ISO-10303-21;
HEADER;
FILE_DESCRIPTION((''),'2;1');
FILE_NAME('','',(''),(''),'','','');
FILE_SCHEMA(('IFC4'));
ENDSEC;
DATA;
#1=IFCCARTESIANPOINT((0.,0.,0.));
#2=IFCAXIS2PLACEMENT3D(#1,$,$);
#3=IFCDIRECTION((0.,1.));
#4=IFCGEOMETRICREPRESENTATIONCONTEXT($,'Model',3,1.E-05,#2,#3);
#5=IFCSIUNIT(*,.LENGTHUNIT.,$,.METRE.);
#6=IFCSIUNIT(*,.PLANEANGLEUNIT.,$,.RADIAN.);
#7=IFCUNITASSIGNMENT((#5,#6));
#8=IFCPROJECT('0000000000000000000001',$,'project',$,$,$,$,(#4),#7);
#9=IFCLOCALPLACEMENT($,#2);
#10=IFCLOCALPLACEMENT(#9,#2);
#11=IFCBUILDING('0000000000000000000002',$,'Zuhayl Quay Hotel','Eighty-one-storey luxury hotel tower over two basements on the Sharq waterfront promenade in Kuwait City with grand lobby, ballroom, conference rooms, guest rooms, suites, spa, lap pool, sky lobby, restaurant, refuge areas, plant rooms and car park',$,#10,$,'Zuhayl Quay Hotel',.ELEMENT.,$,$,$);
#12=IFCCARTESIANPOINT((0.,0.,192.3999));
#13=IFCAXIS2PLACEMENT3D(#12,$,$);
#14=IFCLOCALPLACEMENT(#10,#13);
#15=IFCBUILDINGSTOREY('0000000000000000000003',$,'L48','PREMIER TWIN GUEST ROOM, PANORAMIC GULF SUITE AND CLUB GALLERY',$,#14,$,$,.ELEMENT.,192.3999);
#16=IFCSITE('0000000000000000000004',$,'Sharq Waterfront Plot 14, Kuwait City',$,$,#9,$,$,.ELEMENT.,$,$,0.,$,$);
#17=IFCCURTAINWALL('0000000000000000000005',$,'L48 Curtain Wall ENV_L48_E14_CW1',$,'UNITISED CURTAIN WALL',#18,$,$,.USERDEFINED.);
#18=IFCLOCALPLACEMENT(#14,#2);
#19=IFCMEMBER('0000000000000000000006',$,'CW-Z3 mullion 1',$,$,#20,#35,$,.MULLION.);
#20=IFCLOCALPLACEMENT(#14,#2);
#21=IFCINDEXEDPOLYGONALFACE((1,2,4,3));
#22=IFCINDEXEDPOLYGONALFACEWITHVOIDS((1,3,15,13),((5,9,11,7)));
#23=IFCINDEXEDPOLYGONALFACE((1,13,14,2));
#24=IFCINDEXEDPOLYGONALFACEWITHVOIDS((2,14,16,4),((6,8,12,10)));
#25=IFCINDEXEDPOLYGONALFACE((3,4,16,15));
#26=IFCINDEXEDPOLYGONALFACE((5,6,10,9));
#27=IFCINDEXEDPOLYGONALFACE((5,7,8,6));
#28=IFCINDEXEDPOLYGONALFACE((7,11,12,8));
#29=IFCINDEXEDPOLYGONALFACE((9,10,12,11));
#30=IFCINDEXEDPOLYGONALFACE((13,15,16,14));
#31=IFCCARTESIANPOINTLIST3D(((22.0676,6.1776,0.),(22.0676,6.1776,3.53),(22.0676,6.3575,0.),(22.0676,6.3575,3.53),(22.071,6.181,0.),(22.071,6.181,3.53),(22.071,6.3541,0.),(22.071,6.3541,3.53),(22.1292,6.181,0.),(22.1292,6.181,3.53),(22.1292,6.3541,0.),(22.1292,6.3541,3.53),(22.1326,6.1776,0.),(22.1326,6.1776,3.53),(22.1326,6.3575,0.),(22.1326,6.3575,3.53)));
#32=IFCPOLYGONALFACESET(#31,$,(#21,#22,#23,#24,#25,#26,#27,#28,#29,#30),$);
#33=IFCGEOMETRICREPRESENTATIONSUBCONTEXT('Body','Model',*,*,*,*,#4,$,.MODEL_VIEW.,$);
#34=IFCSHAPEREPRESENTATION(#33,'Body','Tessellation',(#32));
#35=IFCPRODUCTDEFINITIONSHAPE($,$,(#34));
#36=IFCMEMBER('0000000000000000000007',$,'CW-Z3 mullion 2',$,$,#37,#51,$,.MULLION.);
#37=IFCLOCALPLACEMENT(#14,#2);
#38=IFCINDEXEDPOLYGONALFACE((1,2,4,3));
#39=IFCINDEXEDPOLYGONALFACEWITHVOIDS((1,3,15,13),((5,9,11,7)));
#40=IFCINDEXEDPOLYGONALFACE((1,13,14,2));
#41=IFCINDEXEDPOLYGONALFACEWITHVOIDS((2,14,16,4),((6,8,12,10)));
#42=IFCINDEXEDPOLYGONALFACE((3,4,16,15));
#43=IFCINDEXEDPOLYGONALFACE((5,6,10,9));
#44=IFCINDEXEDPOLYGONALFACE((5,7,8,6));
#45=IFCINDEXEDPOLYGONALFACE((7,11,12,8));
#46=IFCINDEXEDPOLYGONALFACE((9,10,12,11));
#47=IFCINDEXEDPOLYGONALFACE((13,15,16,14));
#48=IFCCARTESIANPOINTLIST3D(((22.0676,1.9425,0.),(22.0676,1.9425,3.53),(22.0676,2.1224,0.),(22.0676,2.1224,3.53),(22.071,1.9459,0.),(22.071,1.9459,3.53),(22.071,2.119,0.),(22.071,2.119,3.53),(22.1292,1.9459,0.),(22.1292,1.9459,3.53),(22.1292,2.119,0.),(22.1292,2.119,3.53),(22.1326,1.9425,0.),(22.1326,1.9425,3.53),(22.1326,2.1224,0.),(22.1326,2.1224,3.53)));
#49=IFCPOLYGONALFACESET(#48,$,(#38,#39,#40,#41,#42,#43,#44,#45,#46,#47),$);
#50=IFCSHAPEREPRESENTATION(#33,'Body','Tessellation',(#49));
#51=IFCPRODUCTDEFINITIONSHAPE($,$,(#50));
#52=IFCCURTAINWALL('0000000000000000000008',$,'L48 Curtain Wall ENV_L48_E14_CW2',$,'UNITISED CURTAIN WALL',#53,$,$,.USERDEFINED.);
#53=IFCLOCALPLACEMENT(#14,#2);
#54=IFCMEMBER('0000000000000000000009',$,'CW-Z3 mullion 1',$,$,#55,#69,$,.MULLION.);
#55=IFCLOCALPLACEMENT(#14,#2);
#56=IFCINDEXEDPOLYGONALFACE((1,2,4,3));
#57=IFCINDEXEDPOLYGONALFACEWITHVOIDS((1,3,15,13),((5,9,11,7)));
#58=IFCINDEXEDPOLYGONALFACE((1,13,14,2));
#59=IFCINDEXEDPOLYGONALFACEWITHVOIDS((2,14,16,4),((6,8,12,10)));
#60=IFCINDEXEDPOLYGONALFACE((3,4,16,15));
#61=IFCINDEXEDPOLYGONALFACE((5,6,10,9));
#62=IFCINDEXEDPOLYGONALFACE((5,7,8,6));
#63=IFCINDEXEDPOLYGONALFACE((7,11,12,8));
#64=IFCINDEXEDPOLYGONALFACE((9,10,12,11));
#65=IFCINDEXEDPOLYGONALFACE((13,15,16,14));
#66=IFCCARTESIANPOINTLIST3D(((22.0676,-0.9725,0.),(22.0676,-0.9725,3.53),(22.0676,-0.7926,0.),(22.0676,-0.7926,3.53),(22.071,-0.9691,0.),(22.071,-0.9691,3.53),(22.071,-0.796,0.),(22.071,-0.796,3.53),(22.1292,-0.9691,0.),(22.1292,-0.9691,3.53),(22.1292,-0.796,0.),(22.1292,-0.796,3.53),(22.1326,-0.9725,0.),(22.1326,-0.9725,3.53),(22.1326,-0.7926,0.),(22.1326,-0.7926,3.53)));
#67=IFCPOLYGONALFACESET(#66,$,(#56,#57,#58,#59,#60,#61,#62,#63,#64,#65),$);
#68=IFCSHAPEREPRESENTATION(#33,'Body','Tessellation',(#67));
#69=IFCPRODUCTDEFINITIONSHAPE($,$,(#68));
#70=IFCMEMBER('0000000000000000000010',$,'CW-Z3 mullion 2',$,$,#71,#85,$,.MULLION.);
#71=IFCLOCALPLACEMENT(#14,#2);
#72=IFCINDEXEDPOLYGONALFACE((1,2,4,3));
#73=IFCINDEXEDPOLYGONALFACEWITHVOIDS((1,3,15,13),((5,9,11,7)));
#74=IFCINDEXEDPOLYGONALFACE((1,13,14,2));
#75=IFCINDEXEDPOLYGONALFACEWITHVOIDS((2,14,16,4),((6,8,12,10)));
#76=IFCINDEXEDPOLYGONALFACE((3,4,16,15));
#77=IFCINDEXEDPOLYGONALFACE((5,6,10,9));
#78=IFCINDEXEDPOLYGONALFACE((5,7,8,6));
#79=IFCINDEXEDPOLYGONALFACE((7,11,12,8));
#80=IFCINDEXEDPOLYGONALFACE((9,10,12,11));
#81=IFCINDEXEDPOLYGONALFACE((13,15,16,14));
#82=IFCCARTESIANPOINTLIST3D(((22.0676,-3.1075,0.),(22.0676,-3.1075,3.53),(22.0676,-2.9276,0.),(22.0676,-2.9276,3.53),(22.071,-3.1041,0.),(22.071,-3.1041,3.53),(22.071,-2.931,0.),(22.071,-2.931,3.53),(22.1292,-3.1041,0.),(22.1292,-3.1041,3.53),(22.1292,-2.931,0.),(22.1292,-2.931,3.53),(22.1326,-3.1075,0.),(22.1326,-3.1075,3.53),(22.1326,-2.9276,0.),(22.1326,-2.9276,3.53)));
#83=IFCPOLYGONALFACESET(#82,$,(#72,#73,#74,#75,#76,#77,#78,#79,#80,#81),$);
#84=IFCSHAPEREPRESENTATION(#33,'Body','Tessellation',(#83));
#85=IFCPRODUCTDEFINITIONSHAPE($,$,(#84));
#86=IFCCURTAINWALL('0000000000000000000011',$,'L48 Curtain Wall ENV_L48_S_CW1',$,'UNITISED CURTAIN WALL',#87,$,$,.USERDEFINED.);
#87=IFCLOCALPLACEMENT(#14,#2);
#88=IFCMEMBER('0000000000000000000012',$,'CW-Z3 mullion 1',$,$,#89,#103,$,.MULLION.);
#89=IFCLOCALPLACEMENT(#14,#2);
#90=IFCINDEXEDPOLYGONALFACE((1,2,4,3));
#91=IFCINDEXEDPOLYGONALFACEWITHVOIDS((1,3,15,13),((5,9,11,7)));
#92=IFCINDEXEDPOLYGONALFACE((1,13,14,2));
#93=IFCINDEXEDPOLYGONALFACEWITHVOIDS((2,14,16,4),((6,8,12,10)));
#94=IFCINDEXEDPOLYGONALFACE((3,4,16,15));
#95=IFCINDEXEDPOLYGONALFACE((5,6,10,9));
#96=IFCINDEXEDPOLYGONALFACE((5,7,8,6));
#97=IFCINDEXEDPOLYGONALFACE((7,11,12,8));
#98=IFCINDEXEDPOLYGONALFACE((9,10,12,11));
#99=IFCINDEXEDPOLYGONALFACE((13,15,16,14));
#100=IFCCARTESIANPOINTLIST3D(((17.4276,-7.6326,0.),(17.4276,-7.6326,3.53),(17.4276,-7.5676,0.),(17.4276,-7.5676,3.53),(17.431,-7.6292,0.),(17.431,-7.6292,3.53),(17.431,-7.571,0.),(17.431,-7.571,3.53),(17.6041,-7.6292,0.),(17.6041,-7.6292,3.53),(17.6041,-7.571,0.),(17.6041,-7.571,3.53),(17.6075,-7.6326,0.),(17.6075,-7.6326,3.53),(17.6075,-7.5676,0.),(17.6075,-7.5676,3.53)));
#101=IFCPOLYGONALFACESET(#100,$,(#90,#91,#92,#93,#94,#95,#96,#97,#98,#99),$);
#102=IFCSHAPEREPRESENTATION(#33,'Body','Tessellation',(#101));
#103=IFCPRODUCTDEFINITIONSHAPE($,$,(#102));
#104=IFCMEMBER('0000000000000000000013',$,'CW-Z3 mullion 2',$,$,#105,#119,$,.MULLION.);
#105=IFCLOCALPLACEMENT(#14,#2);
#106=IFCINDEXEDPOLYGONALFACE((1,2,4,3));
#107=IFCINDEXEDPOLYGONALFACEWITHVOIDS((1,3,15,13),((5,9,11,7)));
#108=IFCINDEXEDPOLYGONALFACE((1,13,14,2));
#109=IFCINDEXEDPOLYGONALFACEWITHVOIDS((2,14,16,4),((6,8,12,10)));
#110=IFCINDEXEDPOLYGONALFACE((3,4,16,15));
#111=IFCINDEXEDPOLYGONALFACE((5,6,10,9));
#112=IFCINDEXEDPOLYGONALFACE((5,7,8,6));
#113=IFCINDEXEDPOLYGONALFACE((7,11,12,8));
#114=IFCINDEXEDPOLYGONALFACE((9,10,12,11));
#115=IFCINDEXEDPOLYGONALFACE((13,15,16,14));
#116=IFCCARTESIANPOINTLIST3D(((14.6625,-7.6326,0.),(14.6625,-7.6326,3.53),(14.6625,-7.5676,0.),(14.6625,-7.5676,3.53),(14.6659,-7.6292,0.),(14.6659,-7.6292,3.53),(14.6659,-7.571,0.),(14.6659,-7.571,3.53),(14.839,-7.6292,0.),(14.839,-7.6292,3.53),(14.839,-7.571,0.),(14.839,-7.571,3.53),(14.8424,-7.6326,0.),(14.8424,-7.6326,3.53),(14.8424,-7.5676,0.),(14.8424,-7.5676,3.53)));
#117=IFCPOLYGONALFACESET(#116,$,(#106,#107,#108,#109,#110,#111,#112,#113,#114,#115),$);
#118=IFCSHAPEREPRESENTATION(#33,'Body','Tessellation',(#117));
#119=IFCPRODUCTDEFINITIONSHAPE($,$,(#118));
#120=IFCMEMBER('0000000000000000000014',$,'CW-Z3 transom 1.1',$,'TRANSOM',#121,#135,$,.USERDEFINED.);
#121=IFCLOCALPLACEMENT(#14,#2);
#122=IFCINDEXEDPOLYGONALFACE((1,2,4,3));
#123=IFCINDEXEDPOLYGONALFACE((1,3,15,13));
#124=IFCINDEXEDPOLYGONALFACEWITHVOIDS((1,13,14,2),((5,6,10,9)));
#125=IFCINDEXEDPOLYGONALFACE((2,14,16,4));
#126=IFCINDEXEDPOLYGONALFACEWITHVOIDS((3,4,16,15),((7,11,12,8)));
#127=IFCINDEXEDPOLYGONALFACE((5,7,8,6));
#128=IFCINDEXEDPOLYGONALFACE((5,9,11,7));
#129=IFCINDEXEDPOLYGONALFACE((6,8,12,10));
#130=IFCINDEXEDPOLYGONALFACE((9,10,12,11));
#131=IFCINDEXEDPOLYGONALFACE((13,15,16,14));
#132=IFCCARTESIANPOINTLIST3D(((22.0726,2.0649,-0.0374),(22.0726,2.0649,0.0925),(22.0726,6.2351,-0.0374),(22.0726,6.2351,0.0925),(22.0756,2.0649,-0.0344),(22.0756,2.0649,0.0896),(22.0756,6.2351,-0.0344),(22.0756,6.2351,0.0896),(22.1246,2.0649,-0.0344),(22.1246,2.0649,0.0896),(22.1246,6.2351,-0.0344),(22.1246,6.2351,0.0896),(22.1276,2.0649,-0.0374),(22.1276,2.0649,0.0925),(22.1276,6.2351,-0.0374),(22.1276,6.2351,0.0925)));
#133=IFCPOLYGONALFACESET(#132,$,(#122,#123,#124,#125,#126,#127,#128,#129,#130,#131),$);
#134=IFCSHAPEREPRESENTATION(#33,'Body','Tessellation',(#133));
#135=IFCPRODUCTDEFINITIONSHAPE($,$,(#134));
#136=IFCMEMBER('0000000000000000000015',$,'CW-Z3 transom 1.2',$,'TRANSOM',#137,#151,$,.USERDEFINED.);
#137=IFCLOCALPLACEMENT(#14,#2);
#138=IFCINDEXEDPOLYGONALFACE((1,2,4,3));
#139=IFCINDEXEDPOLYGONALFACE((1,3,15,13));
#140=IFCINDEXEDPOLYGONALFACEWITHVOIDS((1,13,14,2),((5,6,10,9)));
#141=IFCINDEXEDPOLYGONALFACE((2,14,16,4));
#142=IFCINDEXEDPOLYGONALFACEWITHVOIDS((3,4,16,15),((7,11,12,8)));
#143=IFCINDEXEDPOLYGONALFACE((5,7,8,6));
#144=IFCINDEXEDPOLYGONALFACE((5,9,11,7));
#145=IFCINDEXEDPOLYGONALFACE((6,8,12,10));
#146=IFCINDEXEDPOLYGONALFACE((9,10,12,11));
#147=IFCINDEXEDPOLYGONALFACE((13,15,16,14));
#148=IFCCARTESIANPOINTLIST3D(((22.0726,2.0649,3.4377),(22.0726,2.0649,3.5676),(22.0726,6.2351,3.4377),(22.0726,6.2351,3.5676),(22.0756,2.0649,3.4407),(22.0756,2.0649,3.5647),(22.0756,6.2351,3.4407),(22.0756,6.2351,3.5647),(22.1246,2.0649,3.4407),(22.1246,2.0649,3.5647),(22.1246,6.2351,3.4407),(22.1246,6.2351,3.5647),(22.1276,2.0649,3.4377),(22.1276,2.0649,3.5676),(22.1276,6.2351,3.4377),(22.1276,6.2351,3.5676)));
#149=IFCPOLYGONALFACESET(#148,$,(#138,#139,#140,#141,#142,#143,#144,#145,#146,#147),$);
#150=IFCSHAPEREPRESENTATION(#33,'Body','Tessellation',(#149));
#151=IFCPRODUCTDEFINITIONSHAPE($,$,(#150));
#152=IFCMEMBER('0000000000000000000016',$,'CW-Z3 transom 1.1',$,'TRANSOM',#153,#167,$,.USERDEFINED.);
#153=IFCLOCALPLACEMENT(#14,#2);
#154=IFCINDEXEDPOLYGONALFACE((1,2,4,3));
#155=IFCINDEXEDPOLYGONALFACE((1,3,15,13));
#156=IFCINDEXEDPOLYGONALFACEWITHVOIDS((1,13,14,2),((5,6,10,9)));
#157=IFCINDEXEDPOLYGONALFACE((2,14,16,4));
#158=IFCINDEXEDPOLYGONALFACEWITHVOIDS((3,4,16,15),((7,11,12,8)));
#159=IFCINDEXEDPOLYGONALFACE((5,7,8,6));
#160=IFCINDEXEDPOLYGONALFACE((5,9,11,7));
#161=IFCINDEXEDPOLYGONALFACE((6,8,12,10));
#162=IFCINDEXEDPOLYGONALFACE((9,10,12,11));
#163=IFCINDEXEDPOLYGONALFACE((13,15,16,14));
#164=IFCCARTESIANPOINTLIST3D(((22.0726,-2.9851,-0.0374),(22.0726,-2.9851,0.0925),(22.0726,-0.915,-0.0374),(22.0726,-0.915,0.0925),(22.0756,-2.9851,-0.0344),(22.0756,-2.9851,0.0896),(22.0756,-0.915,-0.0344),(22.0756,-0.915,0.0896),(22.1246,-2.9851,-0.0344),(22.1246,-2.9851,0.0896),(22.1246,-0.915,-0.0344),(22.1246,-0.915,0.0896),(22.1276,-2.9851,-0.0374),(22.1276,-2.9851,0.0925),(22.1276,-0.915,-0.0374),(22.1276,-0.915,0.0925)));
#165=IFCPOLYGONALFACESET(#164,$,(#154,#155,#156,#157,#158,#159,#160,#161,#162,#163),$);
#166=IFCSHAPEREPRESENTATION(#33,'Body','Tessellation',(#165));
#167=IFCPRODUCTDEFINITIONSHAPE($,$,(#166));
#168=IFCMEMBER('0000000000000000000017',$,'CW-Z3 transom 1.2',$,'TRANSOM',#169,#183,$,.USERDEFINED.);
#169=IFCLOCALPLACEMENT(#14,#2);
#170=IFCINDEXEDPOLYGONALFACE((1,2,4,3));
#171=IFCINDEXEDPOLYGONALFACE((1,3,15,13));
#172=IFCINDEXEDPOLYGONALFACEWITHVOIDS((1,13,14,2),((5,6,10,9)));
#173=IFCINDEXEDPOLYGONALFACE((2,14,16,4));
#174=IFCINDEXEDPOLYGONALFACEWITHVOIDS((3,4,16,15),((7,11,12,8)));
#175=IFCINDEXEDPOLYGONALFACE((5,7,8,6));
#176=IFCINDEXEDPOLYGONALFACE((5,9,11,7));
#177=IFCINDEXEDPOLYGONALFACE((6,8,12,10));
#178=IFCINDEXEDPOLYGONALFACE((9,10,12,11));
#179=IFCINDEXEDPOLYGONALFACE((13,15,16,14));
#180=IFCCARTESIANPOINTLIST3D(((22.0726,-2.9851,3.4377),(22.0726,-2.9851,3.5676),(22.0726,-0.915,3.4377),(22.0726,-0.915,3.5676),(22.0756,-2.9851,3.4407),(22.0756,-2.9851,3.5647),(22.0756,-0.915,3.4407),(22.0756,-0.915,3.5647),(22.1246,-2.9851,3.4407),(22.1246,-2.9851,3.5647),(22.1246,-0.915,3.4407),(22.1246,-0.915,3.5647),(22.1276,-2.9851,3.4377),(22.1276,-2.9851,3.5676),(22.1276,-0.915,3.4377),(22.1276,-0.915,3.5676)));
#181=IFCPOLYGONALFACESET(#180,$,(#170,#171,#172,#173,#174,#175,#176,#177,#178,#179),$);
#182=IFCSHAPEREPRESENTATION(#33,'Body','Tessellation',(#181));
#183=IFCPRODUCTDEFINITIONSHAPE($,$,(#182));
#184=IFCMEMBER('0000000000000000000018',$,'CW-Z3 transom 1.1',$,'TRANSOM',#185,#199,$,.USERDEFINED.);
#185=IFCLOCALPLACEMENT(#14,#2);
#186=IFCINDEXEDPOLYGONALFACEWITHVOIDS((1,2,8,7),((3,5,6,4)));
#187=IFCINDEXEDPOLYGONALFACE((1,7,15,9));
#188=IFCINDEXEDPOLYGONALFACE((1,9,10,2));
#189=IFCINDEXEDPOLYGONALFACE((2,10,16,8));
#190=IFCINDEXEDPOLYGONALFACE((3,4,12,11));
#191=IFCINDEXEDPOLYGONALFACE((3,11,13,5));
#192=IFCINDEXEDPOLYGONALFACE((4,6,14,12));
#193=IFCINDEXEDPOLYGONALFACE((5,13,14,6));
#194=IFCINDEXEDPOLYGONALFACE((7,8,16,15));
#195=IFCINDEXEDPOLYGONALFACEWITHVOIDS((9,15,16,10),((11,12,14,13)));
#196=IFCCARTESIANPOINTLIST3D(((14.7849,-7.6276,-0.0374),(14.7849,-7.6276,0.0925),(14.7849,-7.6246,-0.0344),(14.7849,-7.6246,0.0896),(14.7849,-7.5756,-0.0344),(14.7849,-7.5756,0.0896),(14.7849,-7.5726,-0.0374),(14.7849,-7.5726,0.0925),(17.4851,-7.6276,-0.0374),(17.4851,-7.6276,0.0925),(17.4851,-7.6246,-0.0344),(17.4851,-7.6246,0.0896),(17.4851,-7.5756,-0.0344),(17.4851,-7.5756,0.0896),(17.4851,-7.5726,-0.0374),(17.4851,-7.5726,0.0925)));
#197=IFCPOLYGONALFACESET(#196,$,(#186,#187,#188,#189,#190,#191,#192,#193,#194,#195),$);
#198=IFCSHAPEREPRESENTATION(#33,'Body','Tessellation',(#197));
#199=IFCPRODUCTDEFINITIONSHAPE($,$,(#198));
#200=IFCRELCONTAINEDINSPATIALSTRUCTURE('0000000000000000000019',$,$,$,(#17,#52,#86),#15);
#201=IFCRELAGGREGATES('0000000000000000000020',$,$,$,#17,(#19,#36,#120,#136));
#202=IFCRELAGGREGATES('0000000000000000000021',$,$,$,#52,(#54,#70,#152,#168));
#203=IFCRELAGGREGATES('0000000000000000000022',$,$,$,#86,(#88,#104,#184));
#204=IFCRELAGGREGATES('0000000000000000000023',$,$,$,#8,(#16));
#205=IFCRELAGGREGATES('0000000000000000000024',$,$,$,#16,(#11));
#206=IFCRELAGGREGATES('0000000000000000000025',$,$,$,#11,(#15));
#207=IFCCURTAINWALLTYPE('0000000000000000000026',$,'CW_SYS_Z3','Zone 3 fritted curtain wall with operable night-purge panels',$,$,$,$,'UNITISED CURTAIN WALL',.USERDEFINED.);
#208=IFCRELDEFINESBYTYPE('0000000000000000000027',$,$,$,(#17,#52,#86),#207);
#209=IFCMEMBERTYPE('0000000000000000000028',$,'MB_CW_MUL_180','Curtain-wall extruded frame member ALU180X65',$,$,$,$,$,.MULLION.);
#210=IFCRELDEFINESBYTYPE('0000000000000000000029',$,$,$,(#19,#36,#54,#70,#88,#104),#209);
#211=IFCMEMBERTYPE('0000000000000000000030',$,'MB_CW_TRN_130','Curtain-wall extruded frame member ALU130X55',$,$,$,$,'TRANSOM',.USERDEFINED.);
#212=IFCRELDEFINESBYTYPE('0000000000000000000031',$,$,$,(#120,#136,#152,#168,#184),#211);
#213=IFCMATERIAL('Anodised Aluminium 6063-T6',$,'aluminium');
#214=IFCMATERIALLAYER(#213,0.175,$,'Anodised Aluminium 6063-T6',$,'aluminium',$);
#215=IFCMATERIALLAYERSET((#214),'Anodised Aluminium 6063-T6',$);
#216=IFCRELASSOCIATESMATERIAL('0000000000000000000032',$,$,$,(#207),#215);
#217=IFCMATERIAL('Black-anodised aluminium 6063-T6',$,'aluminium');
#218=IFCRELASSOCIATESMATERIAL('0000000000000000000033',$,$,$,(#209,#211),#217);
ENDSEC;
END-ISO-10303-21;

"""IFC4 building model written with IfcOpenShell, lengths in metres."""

from ifc_helpers import new_model, si_unit, direction, frame, origin, origin_2d, place, context, subcontext, project, spatial, hollow_rectangle, extrude, material, layer, layer_set, material_profile, profile_set, type_object, element, aggregate, save


model = new_model("IFC4")

# Units and contexts
model_context = context("Model", 3, precision=1e-05, world=origin(), true_north=direction((0.0, 1.0)))
body_context = subcontext(model_context, "Body", "Model", "MODEL_VIEW")
ifc_project = project(units=[si_unit("LENGTHUNIT", "METRE"), si_unit("PLANEANGLEUNIT", "RADIAN")], contexts=[model_context])

# Site, building, storey
site_placement = place(None, origin())
site = spatial("IfcSite", under=ifc_project, at=site_placement, Name="Sharq Waterfront Plot 14, Kuwait City", CompositionType="ELEMENT", RefElevation=0.0)
building_placement = place(site_placement, origin())
building = spatial("IfcBuilding", under=site, at=building_placement, Name="Zuhayl Quay Hotel", Description="Eighty-one-storey luxury hotel tower over two basements on the Sharq waterfront promenade in Kuwait City with grand lobby, ballroom, conference rooms, guest rooms, suites, spa, lap pool, sky lobby, restaurant, refuge areas, plant rooms and car park", LongName="Zuhayl Quay Hotel", CompositionType="ELEMENT")
storey_placement = place(building_placement, frame((0.0, 0.0, 192.3999)))
storey = spatial("IfcBuildingStorey", under=building, at=storey_placement, Name="L48", Description="PREMIER TWIN GUEST ROOM, PANORAMIC GULF SUITE AND CLUB GALLERY", CompositionType="ELEMENT", Elevation=192.3999)

# Curtain walls, members
ifc_material_1 = material(Name="Anodised Aluminium 6063-T6", Category="aluminium")
ifc_layer_1 = layer(ifc_material_1, 0.175, Name="Anodised Aluminium 6063-T6", Category="aluminium")
ifc_layer_set_1 = layer_set([ifc_layer_1], Name="Anodised Aluminium 6063-T6")
curtain_wall_type = type_object("IfcCurtainWallType", Name="CW_SYS_Z3", Description="Zone 3 fritted curtain wall with operable night-purge panels", ElementType="UNITISED CURTAIN WALL", PredefinedType="USERDEFINED", material=ifc_layer_set_1)
curtain_wall_1_placement = place(storey_placement, origin())
curtain_wall_1 = element("IfcCurtainWall", 1, at=curtain_wall_1_placement, inside=storey, type_object=curtain_wall_type, Name="L48 Curtain Wall ENV_L48_E14_CW1", ObjectType="UNITISED CURTAIN WALL", PredefinedType="USERDEFINED")
ifc_material_2 = material(Name="Black-anodised aluminium 6063-T6", Category="aluminium")
ifc_material_profile_1 = material_profile(ifc_material_2, hollow_rectangle(XDim=0.0649, YDim=0.1799, WallThickness=0.0034, at=origin_2d()), Name="ALU180X65")
ifc_profile_set_1 = profile_set([ifc_material_profile_1], Name="Black-anodised aluminium 6063-T6")
member_type_1 = type_object("IfcMemberType", Name="MB_CW_MUL_180", Description="Curtain-wall extruded frame member ALU180X65", PredefinedType="MULLION", material=ifc_profile_set_1)
member_1_placement = place(storey_placement, frame((22.1001, 6.2676, 0.0), z_axis=(0.0, 0.0, 1.0), x_axis=(1.0, 0.0, 0.0)))
member_1 = element("IfcMember", 2, at=member_1_placement, type_object=member_type_1, Name="CW-Z3 mullion 1", PredefinedType="MULLION", context=body_context, shape_type="SweptSolid", body=[
    extrude(hollow_rectangle(XDim=0.0649, YDim=0.1799, WallThickness=0.0034, at=origin_2d()), origin(), (0.0, 0.0, 1.0), 3.53),
])
member_2_placement = place(storey_placement, frame((22.1001, 2.0325, 0.0), z_axis=(0.0, 0.0, 1.0), x_axis=(1.0, 0.0, 0.0)))
member_2 = element("IfcMember", 3, at=member_2_placement, type_object=member_type_1, Name="CW-Z3 mullion 2", PredefinedType="MULLION", context=body_context, shape_type="SweptSolid", body=[
    extrude(hollow_rectangle(XDim=0.0649, YDim=0.1799, WallThickness=0.0034, at=origin_2d()), origin(), (0.0, 0.0, 1.0), 3.53),
])
curtain_wall_2_placement = place(storey_placement, origin())
curtain_wall_2 = element("IfcCurtainWall", 4, at=curtain_wall_2_placement, inside=storey, type_object=curtain_wall_type, Name="L48 Curtain Wall ENV_L48_E14_CW2", ObjectType="UNITISED CURTAIN WALL", PredefinedType="USERDEFINED")
member_3_placement = place(storey_placement, frame((22.1001, -0.8826, 0.0), z_axis=(0.0, 0.0, 1.0), x_axis=(1.0, 0.0, 0.0)))
member_3 = element("IfcMember", 5, at=member_3_placement, type_object=member_type_1, Name="CW-Z3 mullion 1", PredefinedType="MULLION", context=body_context, shape_type="SweptSolid", body=[
    extrude(hollow_rectangle(XDim=0.0649, YDim=0.1799, WallThickness=0.0034, at=origin_2d()), origin(), (0.0, 0.0, 1.0), 3.53),
])
member_4_placement = place(storey_placement, frame((22.1001, -3.0176, 0.0), z_axis=(0.0, 0.0, 1.0), x_axis=(1.0, 0.0, 0.0)))
member_4 = element("IfcMember", 6, at=member_4_placement, type_object=member_type_1, Name="CW-Z3 mullion 2", PredefinedType="MULLION", context=body_context, shape_type="SweptSolid", body=[
    extrude(hollow_rectangle(XDim=0.0649, YDim=0.1799, WallThickness=0.0034, at=origin_2d()), origin(), (0.0, 0.0, 1.0), 3.53),
])
curtain_wall_3_placement = place(storey_placement, origin())
curtain_wall_3 = element("IfcCurtainWall", 7, at=curtain_wall_3_placement, inside=storey, type_object=curtain_wall_type, Name="L48 Curtain Wall ENV_L48_S_CW1", ObjectType="UNITISED CURTAIN WALL", PredefinedType="USERDEFINED")
member_5_placement = place(storey_placement, frame((17.5176, -7.6001, 0.0), z_axis=(0.0, 0.0, 1.0), x_axis=(0.0, -1.0, 0.0)))
member_5 = element("IfcMember", 8, at=member_5_placement, type_object=member_type_1, Name="CW-Z3 mullion 1", PredefinedType="MULLION", context=body_context, shape_type="SweptSolid", body=[
    extrude(hollow_rectangle(XDim=0.0649, YDim=0.1799, WallThickness=0.0034, at=origin_2d()), origin(), (0.0, 0.0, 1.0), 3.53),
])
member_6_placement = place(storey_placement, frame((14.7524, -7.6001, 0.0), z_axis=(0.0, 0.0, 1.0), x_axis=(0.0, -1.0, 0.0)))
member_6 = element("IfcMember", 9, at=member_6_placement, type_object=member_type_1, Name="CW-Z3 mullion 2", PredefinedType="MULLION", context=body_context, shape_type="SweptSolid", body=[
    extrude(hollow_rectangle(XDim=0.0649, YDim=0.1799, WallThickness=0.0034, at=origin_2d()), origin(), (0.0, 0.0, 1.0), 3.53),
])

# Members
ifc_material_profile_2 = material_profile(ifc_material_2, hollow_rectangle(XDim=0.0549, YDim=0.1299, WallThickness=0.0029, at=origin_2d()), Name="ALU130X55")
ifc_profile_set_2 = profile_set([ifc_material_profile_2], Name="Black-anodised aluminium 6063-T6")
member_type_2 = type_object("IfcMemberType", Name="MB_CW_TRN_130", Description="Curtain-wall extruded frame member ALU130X55", ElementType="TRANSOM", PredefinedType="USERDEFINED", material=ifc_profile_set_2)
member_7_placement = place(storey_placement, frame((22.1001, 6.2351, 0.0276), z_axis=(0.0, -1.0, 0.0), x_axis=(1.0, 0.0, 0.0)))
member_7 = element("IfcMember", 10, at=member_7_placement, type_object=member_type_2, Name="CW-Z3 transom 1.1", ObjectType="TRANSOM", PredefinedType="USERDEFINED", context=body_context, shape_type="SweptSolid", body=[
    extrude(hollow_rectangle(XDim=0.0549, YDim=0.1299, WallThickness=0.0029, at=origin_2d()), origin(), (0.0, 0.0, 1.0), 4.1702),
])
member_8_placement = place(storey_placement, frame((22.1001, 6.2351, 3.5027), z_axis=(0.0, -1.0, 0.0), x_axis=(1.0, 0.0, 0.0)))
member_8 = element("IfcMember", 11, at=member_8_placement, type_object=member_type_2, Name="CW-Z3 transom 1.2", ObjectType="TRANSOM", PredefinedType="USERDEFINED", context=body_context, shape_type="SweptSolid", body=[
    extrude(hollow_rectangle(XDim=0.0549, YDim=0.1299, WallThickness=0.0029, at=origin_2d()), origin(), (0.0, 0.0, 1.0), 4.1702),
])
member_9_placement = place(storey_placement, frame((22.1001, -0.915, 0.0276), z_axis=(0.0, -1.0, 0.0), x_axis=(1.0, 0.0, 0.0)))
member_9 = element("IfcMember", 12, at=member_9_placement, type_object=member_type_2, Name="CW-Z3 transom 1.1", ObjectType="TRANSOM", PredefinedType="USERDEFINED", context=body_context, shape_type="SweptSolid", body=[
    extrude(hollow_rectangle(XDim=0.0549, YDim=0.1299, WallThickness=0.0029, at=origin_2d()), origin(), (0.0, 0.0, 1.0), 2.0701),
])
member_10_placement = place(storey_placement, frame((22.1001, -0.915, 3.5027), z_axis=(0.0, -1.0, 0.0), x_axis=(1.0, 0.0, 0.0)))
member_10 = element("IfcMember", 13, at=member_10_placement, type_object=member_type_2, Name="CW-Z3 transom 1.2", ObjectType="TRANSOM", PredefinedType="USERDEFINED", context=body_context, shape_type="SweptSolid", body=[
    extrude(hollow_rectangle(XDim=0.0549, YDim=0.1299, WallThickness=0.0029, at=origin_2d()), origin(), (0.0, 0.0, 1.0), 2.0701),
])
member_11_placement = place(storey_placement, frame((17.4851, -7.6001, 0.0276), z_axis=(-1.0, 0.0, 0.0), x_axis=(0.0, -1.0, 0.0)))
member_11 = element("IfcMember", 14, at=member_11_placement, type_object=member_type_2, Name="CW-Z3 transom 1.1", ObjectType="TRANSOM", PredefinedType="USERDEFINED", context=body_context, shape_type="SweptSolid", body=[
    extrude(hollow_rectangle(XDim=0.0549, YDim=0.1299, WallThickness=0.0029, at=origin_2d()), origin(), (0.0, 0.0, 1.0), 2.7002),
])

aggregate(curtain_wall_1, [member_1, member_2, member_7, member_8])
aggregate(curtain_wall_2, [member_3, member_4, member_9, member_10])
aggregate(curtain_wall_3, [member_5, member_6, member_11])

save(model, "model.ifc")
